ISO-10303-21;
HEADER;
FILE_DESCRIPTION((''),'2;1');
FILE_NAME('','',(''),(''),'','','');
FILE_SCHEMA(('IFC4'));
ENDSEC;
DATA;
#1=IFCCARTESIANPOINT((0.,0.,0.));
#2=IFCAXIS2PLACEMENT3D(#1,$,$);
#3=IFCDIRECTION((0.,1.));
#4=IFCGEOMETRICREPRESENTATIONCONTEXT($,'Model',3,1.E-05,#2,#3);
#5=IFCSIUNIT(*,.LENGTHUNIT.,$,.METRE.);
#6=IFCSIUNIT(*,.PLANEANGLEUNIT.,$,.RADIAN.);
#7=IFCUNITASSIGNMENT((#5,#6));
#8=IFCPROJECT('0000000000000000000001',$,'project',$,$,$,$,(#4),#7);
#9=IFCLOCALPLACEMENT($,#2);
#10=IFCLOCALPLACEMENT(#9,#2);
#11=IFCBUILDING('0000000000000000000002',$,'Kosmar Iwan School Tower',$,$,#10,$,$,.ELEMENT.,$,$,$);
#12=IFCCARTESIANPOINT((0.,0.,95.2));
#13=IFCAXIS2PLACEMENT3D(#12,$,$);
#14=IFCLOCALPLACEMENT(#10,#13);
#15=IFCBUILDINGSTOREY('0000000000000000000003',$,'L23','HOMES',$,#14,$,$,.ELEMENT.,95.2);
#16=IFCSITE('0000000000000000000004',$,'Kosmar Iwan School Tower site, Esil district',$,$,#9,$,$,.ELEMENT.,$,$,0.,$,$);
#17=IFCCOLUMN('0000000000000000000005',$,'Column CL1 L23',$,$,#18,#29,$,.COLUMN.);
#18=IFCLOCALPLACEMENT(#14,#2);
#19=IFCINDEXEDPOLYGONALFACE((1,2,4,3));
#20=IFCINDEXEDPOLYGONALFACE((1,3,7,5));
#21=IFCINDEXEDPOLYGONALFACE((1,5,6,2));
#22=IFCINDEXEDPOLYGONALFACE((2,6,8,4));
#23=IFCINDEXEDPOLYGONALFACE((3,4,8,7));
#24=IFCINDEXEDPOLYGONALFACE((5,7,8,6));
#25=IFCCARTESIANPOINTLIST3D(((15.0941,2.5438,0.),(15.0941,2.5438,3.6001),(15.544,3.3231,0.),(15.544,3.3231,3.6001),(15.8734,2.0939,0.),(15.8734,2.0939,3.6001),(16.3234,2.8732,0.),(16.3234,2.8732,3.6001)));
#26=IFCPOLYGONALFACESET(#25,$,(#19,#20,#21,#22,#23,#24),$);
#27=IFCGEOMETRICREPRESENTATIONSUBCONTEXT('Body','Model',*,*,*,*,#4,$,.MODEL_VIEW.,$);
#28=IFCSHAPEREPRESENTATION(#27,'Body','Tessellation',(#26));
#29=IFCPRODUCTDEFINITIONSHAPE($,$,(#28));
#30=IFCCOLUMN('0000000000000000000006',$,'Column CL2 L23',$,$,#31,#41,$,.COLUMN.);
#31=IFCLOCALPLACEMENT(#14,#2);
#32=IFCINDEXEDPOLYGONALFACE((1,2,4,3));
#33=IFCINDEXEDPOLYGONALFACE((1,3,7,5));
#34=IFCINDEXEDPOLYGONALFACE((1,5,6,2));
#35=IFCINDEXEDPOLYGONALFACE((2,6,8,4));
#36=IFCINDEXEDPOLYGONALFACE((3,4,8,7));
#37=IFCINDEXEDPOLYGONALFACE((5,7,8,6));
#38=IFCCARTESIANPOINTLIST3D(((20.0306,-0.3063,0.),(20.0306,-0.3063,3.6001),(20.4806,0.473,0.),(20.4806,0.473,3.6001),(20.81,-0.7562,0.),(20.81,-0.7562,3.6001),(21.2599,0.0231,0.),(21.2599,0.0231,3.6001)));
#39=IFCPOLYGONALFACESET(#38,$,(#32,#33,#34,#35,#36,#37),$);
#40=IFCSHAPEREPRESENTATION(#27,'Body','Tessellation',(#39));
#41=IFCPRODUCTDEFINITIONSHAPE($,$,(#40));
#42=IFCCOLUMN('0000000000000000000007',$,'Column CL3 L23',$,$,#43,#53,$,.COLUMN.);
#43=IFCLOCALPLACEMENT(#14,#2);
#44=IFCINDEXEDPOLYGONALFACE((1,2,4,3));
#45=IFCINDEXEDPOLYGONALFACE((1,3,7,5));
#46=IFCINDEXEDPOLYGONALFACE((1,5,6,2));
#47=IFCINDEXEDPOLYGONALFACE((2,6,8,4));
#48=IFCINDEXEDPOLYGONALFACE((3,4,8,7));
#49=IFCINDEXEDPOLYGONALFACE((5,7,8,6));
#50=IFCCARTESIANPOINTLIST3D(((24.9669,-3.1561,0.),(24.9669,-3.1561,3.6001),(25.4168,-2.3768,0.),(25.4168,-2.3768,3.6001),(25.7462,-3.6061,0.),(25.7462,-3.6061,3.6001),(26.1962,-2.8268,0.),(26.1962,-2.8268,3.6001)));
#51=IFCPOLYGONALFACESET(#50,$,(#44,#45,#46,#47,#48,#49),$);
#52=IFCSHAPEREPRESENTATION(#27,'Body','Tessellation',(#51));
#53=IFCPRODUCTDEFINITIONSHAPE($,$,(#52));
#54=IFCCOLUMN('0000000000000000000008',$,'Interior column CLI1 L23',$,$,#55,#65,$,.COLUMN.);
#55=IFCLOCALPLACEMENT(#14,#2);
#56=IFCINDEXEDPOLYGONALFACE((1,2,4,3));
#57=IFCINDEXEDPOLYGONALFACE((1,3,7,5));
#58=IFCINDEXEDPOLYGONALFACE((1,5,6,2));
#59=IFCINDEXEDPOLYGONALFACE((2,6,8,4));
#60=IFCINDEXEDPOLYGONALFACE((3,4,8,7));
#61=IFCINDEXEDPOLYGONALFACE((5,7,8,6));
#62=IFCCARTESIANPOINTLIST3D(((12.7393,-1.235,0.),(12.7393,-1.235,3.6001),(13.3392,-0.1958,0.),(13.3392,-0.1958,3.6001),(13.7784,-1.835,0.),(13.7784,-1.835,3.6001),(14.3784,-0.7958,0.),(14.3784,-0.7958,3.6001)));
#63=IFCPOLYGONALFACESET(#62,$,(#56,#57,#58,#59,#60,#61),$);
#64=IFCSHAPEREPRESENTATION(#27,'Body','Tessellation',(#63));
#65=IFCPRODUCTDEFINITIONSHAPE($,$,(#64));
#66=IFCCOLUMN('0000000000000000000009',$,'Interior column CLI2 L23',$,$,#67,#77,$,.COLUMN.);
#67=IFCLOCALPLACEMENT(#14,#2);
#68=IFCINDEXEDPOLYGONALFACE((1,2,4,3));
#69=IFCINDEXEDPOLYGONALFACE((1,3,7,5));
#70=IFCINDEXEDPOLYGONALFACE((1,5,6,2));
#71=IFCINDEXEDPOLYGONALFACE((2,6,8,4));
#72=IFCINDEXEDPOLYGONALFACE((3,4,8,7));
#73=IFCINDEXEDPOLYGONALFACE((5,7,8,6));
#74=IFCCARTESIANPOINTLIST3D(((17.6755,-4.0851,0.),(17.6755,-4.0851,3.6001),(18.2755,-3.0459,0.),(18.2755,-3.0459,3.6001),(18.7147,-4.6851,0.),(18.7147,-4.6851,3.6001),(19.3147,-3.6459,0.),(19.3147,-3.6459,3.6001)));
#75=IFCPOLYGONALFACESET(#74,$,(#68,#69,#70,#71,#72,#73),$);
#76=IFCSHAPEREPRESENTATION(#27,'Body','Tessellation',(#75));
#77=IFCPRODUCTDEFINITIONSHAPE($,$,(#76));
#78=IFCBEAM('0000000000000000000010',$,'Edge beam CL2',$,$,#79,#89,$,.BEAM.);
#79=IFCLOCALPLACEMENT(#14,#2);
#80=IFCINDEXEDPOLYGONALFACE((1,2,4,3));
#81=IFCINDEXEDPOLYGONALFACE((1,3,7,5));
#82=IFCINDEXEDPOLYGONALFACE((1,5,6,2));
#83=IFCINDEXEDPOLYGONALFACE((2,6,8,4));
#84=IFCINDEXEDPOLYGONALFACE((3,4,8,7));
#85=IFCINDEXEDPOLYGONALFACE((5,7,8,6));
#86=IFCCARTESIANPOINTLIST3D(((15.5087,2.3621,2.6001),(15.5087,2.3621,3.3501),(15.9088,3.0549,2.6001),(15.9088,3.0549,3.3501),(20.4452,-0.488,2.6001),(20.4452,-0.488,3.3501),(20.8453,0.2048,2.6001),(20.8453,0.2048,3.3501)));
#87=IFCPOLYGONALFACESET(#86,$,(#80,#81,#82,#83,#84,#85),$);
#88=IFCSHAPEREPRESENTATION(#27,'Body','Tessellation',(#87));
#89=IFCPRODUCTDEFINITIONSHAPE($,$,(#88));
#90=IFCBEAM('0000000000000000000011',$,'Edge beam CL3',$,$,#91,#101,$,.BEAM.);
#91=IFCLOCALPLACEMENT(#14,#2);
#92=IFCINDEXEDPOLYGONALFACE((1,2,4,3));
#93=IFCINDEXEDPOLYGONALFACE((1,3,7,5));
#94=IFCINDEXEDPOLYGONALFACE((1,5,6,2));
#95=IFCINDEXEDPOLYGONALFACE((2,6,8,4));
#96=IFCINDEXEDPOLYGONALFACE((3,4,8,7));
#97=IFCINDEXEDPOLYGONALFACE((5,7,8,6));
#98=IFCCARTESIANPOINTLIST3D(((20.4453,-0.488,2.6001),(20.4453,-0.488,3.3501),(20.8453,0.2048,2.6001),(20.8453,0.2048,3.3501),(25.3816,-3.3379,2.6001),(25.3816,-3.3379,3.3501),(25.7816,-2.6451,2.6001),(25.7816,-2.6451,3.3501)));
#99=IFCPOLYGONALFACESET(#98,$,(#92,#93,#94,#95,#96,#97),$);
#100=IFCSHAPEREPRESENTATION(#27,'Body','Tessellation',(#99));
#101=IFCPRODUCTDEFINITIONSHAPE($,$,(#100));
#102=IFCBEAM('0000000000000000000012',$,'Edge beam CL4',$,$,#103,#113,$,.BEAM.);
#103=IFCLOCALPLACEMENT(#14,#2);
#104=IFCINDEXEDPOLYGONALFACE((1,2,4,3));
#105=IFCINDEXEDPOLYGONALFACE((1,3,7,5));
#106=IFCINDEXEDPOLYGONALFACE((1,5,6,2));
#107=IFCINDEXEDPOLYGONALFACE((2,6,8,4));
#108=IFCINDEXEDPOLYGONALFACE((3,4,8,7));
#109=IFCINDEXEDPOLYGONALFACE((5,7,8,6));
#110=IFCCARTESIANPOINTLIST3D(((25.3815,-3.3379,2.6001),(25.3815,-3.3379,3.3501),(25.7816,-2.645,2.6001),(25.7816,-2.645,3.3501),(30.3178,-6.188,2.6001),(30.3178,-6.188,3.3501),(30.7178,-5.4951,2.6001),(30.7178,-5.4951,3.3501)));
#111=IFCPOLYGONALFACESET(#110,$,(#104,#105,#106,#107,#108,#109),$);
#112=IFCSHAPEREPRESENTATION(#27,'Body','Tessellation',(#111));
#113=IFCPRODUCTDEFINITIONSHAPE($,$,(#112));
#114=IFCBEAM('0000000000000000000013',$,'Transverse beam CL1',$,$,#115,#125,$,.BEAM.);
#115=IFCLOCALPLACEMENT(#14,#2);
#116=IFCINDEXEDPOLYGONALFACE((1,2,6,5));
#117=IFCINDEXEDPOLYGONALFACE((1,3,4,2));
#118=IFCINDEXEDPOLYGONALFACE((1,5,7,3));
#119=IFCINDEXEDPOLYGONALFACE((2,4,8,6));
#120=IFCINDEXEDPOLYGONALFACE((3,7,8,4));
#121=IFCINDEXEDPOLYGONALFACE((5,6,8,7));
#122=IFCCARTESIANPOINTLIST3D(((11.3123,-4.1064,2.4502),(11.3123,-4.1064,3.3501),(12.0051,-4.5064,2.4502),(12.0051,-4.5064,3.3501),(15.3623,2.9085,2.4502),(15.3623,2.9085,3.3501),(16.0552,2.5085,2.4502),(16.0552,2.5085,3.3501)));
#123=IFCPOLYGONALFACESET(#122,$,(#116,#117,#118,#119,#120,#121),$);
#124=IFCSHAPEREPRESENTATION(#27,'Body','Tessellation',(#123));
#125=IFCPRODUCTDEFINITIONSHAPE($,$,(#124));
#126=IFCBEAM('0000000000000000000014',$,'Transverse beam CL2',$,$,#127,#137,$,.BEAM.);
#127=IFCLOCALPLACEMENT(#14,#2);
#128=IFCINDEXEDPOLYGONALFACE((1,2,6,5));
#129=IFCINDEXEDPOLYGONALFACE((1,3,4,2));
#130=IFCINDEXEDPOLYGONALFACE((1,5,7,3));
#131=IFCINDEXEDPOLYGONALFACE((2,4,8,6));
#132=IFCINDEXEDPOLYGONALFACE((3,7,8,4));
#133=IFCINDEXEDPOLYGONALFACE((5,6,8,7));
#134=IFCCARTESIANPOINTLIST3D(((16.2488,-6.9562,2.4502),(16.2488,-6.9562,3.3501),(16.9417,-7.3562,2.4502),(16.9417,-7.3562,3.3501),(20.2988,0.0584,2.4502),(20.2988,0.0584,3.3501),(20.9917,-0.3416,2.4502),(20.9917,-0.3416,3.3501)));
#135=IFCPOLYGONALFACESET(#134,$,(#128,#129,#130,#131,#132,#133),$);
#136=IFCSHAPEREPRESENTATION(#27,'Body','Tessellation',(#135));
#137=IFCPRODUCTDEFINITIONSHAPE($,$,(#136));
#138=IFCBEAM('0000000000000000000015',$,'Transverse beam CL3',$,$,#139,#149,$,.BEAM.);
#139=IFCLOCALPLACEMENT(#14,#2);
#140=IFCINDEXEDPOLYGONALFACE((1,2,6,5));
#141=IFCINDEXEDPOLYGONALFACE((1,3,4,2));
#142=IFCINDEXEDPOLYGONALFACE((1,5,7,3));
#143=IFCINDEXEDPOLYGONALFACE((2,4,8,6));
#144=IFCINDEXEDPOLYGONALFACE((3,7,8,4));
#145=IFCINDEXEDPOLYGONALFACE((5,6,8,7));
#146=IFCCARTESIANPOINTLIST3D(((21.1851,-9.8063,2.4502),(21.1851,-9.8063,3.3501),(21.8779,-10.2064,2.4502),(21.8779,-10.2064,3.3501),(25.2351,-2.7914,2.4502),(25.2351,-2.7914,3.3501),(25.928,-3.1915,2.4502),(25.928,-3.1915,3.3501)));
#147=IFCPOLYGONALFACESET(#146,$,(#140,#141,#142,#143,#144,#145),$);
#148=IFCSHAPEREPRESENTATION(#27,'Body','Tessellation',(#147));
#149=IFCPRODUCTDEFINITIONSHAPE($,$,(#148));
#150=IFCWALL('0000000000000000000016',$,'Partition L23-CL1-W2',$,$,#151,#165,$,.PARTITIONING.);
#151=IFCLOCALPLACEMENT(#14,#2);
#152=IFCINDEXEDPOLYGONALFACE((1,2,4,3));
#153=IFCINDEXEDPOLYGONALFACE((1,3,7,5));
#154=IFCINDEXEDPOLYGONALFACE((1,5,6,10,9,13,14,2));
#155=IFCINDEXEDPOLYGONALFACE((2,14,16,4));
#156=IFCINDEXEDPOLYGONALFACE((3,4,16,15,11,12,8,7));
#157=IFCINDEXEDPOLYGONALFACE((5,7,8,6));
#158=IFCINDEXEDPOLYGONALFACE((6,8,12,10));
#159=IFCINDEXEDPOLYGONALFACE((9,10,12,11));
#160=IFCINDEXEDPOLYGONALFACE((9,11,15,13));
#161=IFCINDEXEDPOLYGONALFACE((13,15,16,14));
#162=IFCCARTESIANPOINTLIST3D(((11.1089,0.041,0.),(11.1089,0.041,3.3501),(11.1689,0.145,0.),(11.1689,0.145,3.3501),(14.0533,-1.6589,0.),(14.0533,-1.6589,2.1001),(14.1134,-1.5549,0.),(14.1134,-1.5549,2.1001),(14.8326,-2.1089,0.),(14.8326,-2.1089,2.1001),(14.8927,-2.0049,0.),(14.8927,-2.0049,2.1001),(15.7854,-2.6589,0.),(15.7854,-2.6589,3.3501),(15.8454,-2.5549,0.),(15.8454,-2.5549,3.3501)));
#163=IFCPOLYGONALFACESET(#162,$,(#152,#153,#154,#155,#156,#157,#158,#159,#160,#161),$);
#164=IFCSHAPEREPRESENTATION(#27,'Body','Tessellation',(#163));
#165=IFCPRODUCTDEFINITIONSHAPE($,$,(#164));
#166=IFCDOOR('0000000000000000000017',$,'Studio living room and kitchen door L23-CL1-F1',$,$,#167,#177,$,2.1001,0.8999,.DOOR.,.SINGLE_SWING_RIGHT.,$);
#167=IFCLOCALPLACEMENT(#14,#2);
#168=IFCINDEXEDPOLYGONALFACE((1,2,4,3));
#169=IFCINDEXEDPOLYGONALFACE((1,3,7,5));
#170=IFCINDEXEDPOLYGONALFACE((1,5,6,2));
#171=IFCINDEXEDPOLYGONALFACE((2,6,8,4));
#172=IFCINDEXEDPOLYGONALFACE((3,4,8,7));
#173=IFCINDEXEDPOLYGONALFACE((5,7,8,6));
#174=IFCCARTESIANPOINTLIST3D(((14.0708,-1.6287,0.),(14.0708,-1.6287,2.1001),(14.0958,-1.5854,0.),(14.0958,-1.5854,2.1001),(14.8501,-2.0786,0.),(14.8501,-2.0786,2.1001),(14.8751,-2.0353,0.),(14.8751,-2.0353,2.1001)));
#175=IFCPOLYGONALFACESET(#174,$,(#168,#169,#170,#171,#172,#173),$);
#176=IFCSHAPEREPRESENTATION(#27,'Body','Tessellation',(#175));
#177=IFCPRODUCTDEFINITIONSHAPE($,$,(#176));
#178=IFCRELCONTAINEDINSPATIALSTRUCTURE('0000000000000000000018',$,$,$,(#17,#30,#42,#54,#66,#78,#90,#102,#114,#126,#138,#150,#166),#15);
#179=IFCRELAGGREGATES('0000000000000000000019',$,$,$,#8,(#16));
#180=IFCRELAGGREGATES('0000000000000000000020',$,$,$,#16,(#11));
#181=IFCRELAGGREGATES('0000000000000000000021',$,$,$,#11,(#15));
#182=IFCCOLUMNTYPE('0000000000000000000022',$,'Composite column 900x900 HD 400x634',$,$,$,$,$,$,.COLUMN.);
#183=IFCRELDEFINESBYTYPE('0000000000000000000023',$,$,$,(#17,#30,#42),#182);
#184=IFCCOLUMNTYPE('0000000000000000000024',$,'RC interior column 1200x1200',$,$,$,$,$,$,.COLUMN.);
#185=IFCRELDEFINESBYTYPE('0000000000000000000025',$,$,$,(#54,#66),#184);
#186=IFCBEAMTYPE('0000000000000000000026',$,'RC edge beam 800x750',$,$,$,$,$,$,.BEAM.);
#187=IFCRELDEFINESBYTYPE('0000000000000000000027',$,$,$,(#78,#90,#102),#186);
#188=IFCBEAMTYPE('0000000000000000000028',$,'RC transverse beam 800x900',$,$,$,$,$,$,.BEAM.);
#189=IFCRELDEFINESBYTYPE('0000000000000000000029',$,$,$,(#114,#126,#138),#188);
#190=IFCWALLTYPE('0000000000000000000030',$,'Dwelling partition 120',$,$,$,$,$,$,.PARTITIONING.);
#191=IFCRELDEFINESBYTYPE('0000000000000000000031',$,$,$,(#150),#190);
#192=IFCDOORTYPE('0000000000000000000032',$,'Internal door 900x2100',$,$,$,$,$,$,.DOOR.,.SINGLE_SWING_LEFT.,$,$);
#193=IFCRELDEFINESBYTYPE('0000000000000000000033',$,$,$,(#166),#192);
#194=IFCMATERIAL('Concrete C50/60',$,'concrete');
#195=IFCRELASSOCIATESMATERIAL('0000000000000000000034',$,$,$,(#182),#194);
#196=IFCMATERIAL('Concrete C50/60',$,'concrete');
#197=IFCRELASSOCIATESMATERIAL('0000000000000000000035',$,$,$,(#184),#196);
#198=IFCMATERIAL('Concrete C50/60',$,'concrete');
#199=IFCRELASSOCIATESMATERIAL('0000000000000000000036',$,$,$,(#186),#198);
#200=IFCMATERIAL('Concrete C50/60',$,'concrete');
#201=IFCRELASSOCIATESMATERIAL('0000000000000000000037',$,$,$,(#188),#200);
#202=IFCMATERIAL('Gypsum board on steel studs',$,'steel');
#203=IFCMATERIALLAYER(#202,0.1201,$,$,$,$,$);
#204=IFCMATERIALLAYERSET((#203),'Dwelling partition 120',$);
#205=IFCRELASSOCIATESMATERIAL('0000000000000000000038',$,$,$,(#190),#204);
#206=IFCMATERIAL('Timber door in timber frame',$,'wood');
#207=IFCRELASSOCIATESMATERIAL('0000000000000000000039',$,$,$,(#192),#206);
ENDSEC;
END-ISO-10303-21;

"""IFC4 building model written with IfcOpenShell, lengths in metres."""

from ifc_helpers import new_model, si_unit, direction, frame, frame_2d, origin, origin_2d, place, context, subcontext, project, spatial, rectangle, extrude, material, layer, layer_set, material_profile, profile_set, type_object, element, fill, save


model = new_model("IFC4")

# Units and contexts
model_context = context("Model", 3, precision=1e-05, world=origin(), true_north=direction((0.0, 1.0)))
body_context = subcontext(model_context, "Body", "Model", "MODEL_VIEW")
ifc_project = project(units=[si_unit("LENGTHUNIT", "METRE"), si_unit("PLANEANGLEUNIT", "RADIAN")], contexts=[model_context])

# Site, building, storey
site_placement = place(None, origin())
site = spatial("IfcSite", under=ifc_project, at=site_placement, Name="Kosmar Iwan School Tower site, Esil district", CompositionType="ELEMENT", RefElevation=0.0)
building_placement = place(site_placement, origin())
building = spatial("IfcBuilding", under=site, at=building_placement, Name="Kosmar Iwan School Tower", CompositionType="ELEMENT")
storey_placement = place(building_placement, frame((0.0, 0.0, 95.2)))
storey = spatial("IfcBuildingStorey", under=building, at=storey_placement, Name="L23", Description="HOMES", CompositionType="ELEMENT", Elevation=95.2)

# Columns
ifc_material_1 = material(Name="Concrete C50/60", Category="concrete")
ifc_material_profile_1 = material_profile(ifc_material_1, rectangle(XDim=0.8999, YDim=0.8999, at=origin_2d()), Name="RC 900x900 + HD 400x634")
ifc_profile_set_1 = profile_set([ifc_material_profile_1], Name="Concrete C50/60")
column_type_1 = type_object("IfcColumnType", Name="Composite column 900x900 HD 400x634", PredefinedType="COLUMN", material=ifc_profile_set_1)
for number, where, z_axis, x_axis, name in (
    (1, (15.7087, 2.7085, 0.0), (0.0, 0.0, 1.0), (0.866025, -0.5, 0.0), "Column CL1 L23"),
    (2, (20.6453, -0.1416, 0.0), (0.0, 0.0, 1.0), (0.866025, -0.5, 0.0), "Column CL2 L23"),
    (3, (25.5815, -2.9915, 0.0), (0.0, 0.0, 1.0), (0.866025, -0.5, 0.0), "Column CL3 L23"),
):
    element("IfcColumn", number, at=place(storey_placement, frame(where, z_axis=z_axis, x_axis=x_axis)), inside=storey, type_object=column_type_1, Name=name, PredefinedType="COLUMN", context=body_context, shape_type="SweptSolid", body=[
        extrude(rectangle(XDim=0.8999, YDim=0.8999, at=origin_2d()), origin(), (0.0, 0.0, 1.0), 3.6001),
    ])
ifc_material_2 = material(Name="Concrete C50/60", Category="concrete")
ifc_material_profile_2 = material_profile(ifc_material_2, rectangle(XDim=1.2, YDim=1.2, at=origin_2d()), Name="RC 1200x1200")
ifc_profile_set_2 = profile_set([ifc_material_profile_2], Name="Concrete C50/60")
column_type_2 = type_object("IfcColumnType", Name="RC interior column 1200x1200", PredefinedType="COLUMN", material=ifc_profile_set_2)
for number, where, z_axis, x_axis, name in (
    (4, (13.5588, -1.0154, 0.0), (0.0, 0.0, 1.0), (0.866025, -0.5, 0.0), "Interior column CLI1 L23"),
    (5, (18.4951, -3.8655, 0.0), (0.0, 0.0, 1.0), (0.866025, -0.5, 0.0), "Interior column CLI2 L23"),
):
    element("IfcColumn", number, at=place(storey_placement, frame(where, z_axis=z_axis, x_axis=x_axis)), inside=storey, type_object=column_type_2, Name=name, PredefinedType="COLUMN", context=body_context, shape_type="SweptSolid", body=[
        extrude(rectangle(XDim=1.2, YDim=1.2, at=origin_2d()), origin(), (0.0, 0.0, 1.0), 3.6001),
    ])

# Beams
ifc_material_3 = material(Name="Concrete C50/60", Category="concrete")
ifc_material_profile_3 = material_profile(ifc_material_3, rectangle(XDim=0.8, YDim=0.75, at=origin_2d()), Name="RC 800x750")
ifc_profile_set_3 = profile_set([ifc_material_profile_3], Name="Concrete C50/60")
beam_type_1 = type_object("IfcBeamType", Name="RC edge beam 800x750", PredefinedType="BEAM", material=ifc_profile_set_3)
beam_1_placement = place(storey_placement, frame((15.7087, 2.7085, 2.9751), z_axis=(0.866026, -0.499999, 0.0), x_axis=(0.499999, 0.866026, 0.0)))
element("IfcBeam", 6, at=beam_1_placement, inside=storey, type_object=beam_type_1, Name="Edge beam CL2", PredefinedType="BEAM", context=body_context, shape_type="SweptSolid", body=[
    extrude(rectangle(XDim=0.8, YDim=0.75, at=origin_2d()), origin(), (0.0, 0.0, 1.0), 5.7002),
])
for number, where, z_axis, x_axis, name in (
    (7, (20.6453, -0.1416, 2.9751), (0.866034, -0.499986, 0.0), (0.499986, 0.866034, 0.0), "Edge beam CL3"),
    (8, (25.5815, -2.9915, 2.9751), (0.866015, -0.500018, 0.0), (0.500018, 0.866015, 0.0), "Edge beam CL4"),
):
    element("IfcBeam", number, at=place(storey_placement, frame(where, z_axis=z_axis, x_axis=x_axis)), inside=storey, type_object=beam_type_1, Name=name, PredefinedType="BEAM", context=body_context, shape_type="SweptSolid", body=[
        extrude(rectangle(XDim=0.8, YDim=0.75, at=origin_2d()), origin(), (0.0, 0.0, 1.0), 5.7),
    ])
ifc_material_4 = material(Name="Concrete C50/60", Category="concrete")
ifc_material_profile_4 = material_profile(ifc_material_4, rectangle(XDim=0.8, YDim=0.8999, at=origin_2d()), Name="RC 800x900")
ifc_profile_set_4 = profile_set([ifc_material_profile_4], Name="Concrete C50/60")
beam_type_2 = type_object("IfcBeamType", Name="RC transverse beam 800x900", PredefinedType="BEAM", material=ifc_profile_set_4)
beam_2_placement = place(storey_placement, frame((15.7087, 2.7085, 2.9001), z_axis=(-0.5, -0.866025, 0.0), x_axis=(0.866025, -0.5, 0.0)))
element("IfcBeam", 9, at=beam_2_placement, inside=storey, type_object=beam_type_2, Name="Transverse beam CL1", PredefinedType="BEAM", context=body_context, shape_type="SweptSolid", body=[
    extrude(rectangle(XDim=0.8, YDim=0.8999, at=origin_2d()), origin(), (0.0, 0.0, 1.0), 8.1001),
])
beam_3_placement = place(storey_placement, frame((20.6453, -0.1416, 2.9001), z_axis=(-0.500013, -0.866018, 0.0), x_axis=(0.866018, -0.500013, 0.0)))
element("IfcBeam", 10, at=beam_3_placement, inside=storey, type_object=beam_type_2, Name="Transverse beam CL2", PredefinedType="BEAM", context=body_context, shape_type="SweptSolid", body=[
    extrude(rectangle(XDim=0.8, YDim=0.8999, at=origin_2d()), origin(), (0.0, 0.0, 1.0), 8.0999),
])
beam_4_placement = place(storey_placement, frame((25.5815, -2.9915, 2.9001), z_axis=(-0.5, -0.866025, 0.0), x_axis=(0.866025, -0.5, 0.0)))
element("IfcBeam", 11, at=beam_4_placement, inside=storey, type_object=beam_type_2, Name="Transverse beam CL3", PredefinedType="BEAM", context=body_context, shape_type="SweptSolid", body=[
    extrude(rectangle(XDim=0.8, YDim=0.8999, at=origin_2d()), origin(), (0.0, 0.0, 1.0), 8.1001),
])

# Wall, opening, door
ifc_material_5 = material(Name="Gypsum board on steel studs", Category="steel")
ifc_layer = layer(ifc_material_5, 0.1201)
ifc_layer_set = layer_set([ifc_layer], Name="Dwelling partition 120")
wall_type = type_object("IfcWallType", Name="Dwelling partition 120", PredefinedType="PARTITIONING", material=ifc_layer_set)
wall_1_placement = place(storey_placement, frame((11.1389, 0.093, 0.0), z_axis=(0.0, 0.0, 1.0), x_axis=(0.866028, -0.499995, 0.0)))
wall_1 = element("IfcWall", 12, at=wall_1_placement, inside=storey, type_object=wall_type, Name="Partition L23-CL1-W2", PredefinedType="PARTITIONING", context=body_context, shape_type="SweptSolid", body=[
    extrude(rectangle(XDim=5.3999, YDim=0.1201, at=frame_2d((2.7, 0.0))), origin(), (0.0, 0.0, 1.0), 3.3501),
])
opening_1_placement = place(wall_1_placement, frame((3.3999, 0.0, 0.0)))
opening_1 = element("IfcOpeningElement", 13, at=opening_1_placement, cuts=wall_1, PredefinedType="OPENING", context=body_context, shape_type="SweptSolid", body=[
    extrude(rectangle(XDim=0.8999, YDim=2.1001, at=frame_2d((0.45, 1.05))), frame((0.0, 0.072, 0.0), z_axis=(0.0, -1.0, 0.0), x_axis=(1.0, 0.0, 0.0)), (0.0, 0.0, 1.0), 0.144),
])
ifc_material_6 = material(Name="Timber door in timber frame", Category="wood")
door_type_1 = type_object("IfcDoorType", Name="Internal door 900x2100", OperationType="SINGLE_SWING_LEFT", PredefinedType="DOOR", material=ifc_material_6)
door_1_placement = place(opening_1_placement, origin())
door_1 = element("IfcDoor", 14, at=door_1_placement, inside=storey, type_object=door_type_1, Name="Studio living room and kitchen door L23-CL1-F1", OperationType="SINGLE_SWING_RIGHT", OverallHeight=2.1001, OverallWidth=0.8999, PredefinedType="DOOR", context=body_context, shape_type="SweptSolid", body=[
    extrude(rectangle(XDim=0.8999, YDim=2.1001, at=frame_2d((0.45, 1.05))), frame((0.0, 0.0249, 0.0), z_axis=(0.0, -1.0, 0.0), x_axis=(1.0, 0.0, 0.0)), (0.0, 0.0, 1.0), 0.05),
])
fill(opening_1, door_1)

save(model, "model.ifc")
